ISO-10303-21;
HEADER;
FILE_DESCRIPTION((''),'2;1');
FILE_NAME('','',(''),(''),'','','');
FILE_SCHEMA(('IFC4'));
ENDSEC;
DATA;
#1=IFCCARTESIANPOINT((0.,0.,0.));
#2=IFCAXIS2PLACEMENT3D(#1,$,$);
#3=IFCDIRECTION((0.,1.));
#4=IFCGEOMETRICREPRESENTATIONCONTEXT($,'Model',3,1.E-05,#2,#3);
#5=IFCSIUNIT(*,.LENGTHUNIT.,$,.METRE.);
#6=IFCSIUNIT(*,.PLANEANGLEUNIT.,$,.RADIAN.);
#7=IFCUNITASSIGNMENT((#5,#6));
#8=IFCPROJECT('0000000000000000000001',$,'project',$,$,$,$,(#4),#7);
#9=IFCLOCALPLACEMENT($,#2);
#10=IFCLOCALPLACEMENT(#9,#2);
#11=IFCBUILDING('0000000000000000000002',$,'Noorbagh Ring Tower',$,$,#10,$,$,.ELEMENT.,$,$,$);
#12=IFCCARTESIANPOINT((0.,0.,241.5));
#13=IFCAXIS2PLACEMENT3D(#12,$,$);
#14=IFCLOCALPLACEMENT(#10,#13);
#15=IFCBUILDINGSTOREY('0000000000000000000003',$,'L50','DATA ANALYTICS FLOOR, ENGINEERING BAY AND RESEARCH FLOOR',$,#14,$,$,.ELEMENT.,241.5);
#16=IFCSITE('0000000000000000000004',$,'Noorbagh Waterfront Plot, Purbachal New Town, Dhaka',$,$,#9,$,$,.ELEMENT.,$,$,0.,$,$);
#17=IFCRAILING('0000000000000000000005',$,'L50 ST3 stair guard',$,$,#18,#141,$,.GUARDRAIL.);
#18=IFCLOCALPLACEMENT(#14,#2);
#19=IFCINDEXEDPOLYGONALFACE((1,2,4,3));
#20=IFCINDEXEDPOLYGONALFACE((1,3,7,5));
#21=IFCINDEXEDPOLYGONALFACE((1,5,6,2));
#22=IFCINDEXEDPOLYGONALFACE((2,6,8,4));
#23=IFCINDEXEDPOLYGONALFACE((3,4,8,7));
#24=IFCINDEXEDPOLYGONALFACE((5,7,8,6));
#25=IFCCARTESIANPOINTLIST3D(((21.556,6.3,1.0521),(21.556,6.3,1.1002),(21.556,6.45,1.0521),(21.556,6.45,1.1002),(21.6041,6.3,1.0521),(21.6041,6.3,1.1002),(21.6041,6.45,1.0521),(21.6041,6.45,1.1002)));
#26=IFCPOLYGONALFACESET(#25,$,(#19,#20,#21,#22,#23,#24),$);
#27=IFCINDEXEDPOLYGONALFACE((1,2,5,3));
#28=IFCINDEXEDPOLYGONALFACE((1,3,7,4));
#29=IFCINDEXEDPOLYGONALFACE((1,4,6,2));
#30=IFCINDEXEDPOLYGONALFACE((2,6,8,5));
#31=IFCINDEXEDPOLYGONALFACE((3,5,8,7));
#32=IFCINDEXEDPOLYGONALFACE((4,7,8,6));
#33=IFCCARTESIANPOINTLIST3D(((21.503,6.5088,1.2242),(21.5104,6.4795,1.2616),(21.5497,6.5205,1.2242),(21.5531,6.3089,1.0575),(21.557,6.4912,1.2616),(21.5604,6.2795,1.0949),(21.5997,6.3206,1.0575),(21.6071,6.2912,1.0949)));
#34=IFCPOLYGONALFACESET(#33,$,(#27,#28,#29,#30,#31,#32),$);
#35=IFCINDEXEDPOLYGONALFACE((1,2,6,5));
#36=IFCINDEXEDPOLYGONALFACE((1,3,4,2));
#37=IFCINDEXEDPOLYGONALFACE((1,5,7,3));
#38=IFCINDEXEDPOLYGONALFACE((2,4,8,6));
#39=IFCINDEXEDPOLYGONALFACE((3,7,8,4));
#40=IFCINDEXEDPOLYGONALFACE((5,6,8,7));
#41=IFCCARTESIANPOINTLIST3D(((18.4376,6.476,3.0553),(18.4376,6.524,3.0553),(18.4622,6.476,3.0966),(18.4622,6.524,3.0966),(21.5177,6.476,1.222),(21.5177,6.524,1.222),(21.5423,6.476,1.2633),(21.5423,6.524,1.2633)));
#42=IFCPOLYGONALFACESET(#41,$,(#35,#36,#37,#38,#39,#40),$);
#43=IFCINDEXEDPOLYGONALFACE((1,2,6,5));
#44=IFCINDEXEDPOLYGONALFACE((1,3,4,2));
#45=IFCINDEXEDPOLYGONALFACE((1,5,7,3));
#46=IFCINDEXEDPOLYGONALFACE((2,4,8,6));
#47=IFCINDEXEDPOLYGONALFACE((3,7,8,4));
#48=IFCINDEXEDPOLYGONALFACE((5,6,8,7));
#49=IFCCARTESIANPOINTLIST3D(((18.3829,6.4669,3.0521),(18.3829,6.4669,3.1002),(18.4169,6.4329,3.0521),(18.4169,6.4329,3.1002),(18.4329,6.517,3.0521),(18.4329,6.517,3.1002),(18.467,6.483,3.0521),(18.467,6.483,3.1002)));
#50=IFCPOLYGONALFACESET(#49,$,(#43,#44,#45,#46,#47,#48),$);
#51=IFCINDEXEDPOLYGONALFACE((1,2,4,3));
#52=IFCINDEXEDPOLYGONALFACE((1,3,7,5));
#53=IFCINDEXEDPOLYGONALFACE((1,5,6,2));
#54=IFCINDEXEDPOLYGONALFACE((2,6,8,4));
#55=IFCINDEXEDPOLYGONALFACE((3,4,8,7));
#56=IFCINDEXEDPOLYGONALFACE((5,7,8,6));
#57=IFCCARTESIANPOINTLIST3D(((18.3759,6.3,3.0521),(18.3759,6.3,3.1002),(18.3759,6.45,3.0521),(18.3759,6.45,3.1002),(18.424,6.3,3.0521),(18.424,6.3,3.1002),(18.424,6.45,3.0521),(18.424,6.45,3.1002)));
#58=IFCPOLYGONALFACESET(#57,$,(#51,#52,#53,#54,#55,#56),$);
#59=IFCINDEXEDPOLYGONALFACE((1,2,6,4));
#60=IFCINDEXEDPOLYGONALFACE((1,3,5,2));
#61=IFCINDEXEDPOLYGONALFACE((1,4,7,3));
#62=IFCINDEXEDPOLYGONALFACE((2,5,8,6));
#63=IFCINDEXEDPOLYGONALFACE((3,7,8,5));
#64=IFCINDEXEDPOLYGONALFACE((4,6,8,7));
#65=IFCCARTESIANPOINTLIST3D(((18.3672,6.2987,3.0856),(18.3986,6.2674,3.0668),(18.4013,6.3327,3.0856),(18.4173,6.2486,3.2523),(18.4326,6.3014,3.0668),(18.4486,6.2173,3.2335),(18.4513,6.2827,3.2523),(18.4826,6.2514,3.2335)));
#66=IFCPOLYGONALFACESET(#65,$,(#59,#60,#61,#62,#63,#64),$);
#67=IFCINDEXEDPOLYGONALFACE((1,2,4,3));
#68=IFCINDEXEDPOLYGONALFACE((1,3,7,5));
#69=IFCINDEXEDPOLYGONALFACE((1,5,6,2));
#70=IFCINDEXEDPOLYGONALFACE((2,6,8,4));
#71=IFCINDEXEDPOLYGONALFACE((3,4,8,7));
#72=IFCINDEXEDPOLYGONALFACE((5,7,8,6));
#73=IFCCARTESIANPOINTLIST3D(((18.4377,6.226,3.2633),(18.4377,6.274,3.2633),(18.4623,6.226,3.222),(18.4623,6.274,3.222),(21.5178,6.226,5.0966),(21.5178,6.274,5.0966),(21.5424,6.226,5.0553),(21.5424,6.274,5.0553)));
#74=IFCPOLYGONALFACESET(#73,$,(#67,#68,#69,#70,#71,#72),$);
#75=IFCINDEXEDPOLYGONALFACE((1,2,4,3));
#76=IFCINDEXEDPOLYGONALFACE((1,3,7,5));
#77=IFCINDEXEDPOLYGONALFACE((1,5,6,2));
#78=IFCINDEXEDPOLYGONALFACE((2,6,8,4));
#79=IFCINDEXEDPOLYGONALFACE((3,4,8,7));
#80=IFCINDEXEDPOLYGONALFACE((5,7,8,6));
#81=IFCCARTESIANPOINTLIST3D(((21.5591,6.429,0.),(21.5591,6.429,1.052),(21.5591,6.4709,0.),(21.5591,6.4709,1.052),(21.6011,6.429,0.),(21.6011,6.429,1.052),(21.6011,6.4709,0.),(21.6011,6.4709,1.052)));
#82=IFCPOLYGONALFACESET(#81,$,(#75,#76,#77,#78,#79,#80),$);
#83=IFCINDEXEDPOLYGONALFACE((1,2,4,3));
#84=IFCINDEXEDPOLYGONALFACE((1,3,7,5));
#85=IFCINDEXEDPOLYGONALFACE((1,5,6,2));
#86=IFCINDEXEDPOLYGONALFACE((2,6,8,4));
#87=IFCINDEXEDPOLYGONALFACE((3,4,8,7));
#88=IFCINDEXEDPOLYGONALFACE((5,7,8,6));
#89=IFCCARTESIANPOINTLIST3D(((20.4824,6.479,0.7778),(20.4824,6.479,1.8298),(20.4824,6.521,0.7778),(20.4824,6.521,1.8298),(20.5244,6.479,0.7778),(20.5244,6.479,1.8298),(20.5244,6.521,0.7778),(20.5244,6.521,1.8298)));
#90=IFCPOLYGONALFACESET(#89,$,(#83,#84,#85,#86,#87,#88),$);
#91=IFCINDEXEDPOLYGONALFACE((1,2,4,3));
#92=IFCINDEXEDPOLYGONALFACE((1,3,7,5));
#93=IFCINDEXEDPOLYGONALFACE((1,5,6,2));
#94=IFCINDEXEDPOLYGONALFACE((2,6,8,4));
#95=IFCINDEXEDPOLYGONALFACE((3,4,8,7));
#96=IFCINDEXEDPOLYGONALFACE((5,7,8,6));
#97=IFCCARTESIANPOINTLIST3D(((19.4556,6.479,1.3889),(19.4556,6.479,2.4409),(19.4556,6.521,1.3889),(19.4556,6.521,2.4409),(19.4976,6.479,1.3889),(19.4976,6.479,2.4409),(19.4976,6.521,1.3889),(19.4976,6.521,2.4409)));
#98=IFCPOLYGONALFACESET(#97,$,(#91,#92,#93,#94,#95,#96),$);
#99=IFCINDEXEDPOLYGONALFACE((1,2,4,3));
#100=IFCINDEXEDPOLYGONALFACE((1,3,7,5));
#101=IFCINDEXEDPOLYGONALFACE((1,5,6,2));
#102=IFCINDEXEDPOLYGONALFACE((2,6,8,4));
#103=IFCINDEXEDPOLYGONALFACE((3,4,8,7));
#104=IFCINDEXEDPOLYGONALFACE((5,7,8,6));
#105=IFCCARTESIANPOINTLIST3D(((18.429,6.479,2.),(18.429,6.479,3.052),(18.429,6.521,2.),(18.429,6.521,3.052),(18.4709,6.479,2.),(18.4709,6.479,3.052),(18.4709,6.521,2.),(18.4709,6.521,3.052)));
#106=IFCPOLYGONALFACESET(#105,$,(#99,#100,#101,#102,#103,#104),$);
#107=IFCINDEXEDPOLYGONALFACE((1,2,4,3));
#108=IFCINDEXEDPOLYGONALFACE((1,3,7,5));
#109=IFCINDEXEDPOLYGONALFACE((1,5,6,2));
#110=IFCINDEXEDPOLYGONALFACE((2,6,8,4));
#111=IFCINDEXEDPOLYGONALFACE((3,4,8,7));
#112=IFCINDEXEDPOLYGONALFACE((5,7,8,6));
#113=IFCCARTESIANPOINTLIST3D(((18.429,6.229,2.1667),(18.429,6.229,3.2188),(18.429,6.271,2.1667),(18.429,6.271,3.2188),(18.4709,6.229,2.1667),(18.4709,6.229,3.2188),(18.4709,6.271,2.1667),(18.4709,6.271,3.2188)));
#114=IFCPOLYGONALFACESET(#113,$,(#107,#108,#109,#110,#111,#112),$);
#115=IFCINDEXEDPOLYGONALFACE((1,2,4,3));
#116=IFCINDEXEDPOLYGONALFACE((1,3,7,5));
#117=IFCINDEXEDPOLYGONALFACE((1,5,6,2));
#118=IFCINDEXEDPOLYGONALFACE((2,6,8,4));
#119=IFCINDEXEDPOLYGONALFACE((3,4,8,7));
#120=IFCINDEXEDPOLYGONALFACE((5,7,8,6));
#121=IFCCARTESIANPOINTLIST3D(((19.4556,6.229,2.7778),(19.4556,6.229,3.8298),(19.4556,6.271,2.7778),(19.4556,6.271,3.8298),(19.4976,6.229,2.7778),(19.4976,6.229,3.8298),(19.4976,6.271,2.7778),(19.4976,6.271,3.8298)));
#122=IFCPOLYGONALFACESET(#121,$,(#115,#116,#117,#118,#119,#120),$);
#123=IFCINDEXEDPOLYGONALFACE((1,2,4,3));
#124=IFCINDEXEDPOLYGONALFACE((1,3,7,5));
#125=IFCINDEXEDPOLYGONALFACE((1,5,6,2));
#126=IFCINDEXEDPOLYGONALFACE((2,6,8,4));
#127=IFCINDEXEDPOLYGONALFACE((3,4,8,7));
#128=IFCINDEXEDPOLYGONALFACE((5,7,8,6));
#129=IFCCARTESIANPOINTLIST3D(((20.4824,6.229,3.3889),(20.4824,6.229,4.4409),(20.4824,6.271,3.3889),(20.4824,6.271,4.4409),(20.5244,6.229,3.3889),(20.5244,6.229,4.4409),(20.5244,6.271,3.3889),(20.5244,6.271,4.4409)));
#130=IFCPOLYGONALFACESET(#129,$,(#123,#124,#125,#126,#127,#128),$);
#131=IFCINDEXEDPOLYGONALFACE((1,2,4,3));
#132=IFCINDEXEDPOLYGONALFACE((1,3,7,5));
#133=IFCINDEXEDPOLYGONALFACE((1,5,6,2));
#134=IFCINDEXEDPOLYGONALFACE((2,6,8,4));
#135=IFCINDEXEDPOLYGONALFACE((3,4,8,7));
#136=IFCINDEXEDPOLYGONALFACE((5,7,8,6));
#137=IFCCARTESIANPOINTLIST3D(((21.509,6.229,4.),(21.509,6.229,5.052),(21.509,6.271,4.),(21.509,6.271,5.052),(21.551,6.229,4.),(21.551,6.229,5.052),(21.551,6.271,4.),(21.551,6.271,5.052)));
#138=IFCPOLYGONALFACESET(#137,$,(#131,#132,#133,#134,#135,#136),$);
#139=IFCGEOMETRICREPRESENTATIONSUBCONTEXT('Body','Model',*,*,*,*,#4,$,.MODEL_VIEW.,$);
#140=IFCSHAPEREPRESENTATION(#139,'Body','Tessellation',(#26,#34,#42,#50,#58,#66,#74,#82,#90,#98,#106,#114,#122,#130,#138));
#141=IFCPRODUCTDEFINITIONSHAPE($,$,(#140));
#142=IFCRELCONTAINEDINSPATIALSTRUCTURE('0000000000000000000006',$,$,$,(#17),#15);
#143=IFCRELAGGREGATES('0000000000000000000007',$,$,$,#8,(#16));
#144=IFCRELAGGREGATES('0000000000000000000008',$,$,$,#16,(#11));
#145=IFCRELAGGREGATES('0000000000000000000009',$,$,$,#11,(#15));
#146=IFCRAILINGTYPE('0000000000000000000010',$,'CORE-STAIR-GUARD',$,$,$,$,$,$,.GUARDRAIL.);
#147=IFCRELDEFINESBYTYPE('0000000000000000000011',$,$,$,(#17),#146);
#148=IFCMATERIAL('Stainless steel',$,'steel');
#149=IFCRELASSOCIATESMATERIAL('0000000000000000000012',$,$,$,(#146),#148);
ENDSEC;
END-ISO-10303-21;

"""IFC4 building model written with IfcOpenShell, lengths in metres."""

from ifc_helpers import new_model, si_unit, direction, frame, origin, origin_2d, place, context, subcontext, project, spatial, rectangle, extrude, material, type_object, element, save


model = new_model("IFC4")

# Units and contexts
model_context = context("Model", 3, precision=1e-05, world=origin(), true_north=direction((0.0, 1.0)))
body_context = subcontext(model_context, "Body", "Model", "MODEL_VIEW")
ifc_project = project(units=[si_unit("LENGTHUNIT", "METRE"), si_unit("PLANEANGLEUNIT", "RADIAN")], contexts=[model_context])

# Site, building, storey
site_placement = place(None, origin())
site = spatial("IfcSite", under=ifc_project, at=site_placement, Name="Noorbagh Waterfront Plot, Purbachal New Town, Dhaka", CompositionType="ELEMENT", RefElevation=0.0)
building_placement = place(site_placement, origin())
building = spatial("IfcBuilding", under=site, at=building_placement, Name="Noorbagh Ring Tower", CompositionType="ELEMENT")
storey_placement = place(building_placement, frame((0.0, 0.0, 241.5)))
storey = spatial("IfcBuildingStorey", under=building, at=storey_placement, Name="L50", Description="DATA ANALYTICS FLOOR, ENGINEERING BAY AND RESEARCH FLOOR", CompositionType="ELEMENT", Elevation=241.5)

# Railing
ifc_material_1 = material(Name="Stainless steel", Category="steel")
railing_type_1 = type_object("IfcRailingType", Name="CORE-STAIR-GUARD", PredefinedType="GUARDRAIL", material=ifc_material_1)
railing_1_placement = place(storey_placement, frame((21.5801, 6.45, 0.0)))
element("IfcRailing", 1, at=railing_1_placement, inside=storey, type_object=railing_type_1, Name="L50 ST3 stair guard", PredefinedType="GUARDRAIL", context=body_context, shape_type="SweptSolid", body=[
    extrude(rectangle(XDim=0.0481, YDim=0.0481, at=origin_2d()), frame((0.0, 0.0, 1.0762), z_axis=(0.0, -1.0, 0.0), x_axis=(1.0, 0.0, 0.0)), (0.0, 0.0, 1.0), 0.1499),
    extrude(rectangle(XDim=0.0481, YDim=0.0481, at=origin_2d()), frame((0.0, -0.1499, 1.0762), z_axis=(-0.188776, 0.754182, 0.628946), x_axis=(-0.970073, -0.242814, 0.0)), (0.0, 0.0, 1.0), 0.2651),
    extrude(rectangle(XDim=0.0481, YDim=0.0481, at=origin_2d()), frame((-0.05, 0.05, 1.2427), z_axis=(-0.859309, 0.0, 0.511458), x_axis=(0.0, -1.0, 0.0)), (0.0, 0.0, 1.0), 3.5845),
    extrude(rectangle(XDim=0.0481, YDim=0.0481, at=origin_2d()), frame((-3.1301, 0.05, 3.0762), z_axis=(-0.707107, -0.707107, 0.0), x_axis=(0.707107, -0.707107, 0.0)), (0.0, 0.0, 1.0), 0.0708),
    extrude(rectangle(XDim=0.0481, YDim=0.0481, at=origin_2d()), frame((-3.1802, 0.0, 3.0762), z_axis=(0.0, -1.0, 0.0), x_axis=(1.0, 0.0, 0.0)), (0.0, 0.0, 1.0), 0.1499),
    extrude(rectangle(XDim=0.0481, YDim=0.0481, at=origin_2d()), frame((-3.1802, -0.1499, 3.0762), z_axis=(0.276287, -0.276287, 0.920506), x_axis=(0.707107, 0.707107, 0.0)), (0.0, 0.0, 1.0), 0.1812),
    extrude(rectangle(XDim=0.0481, YDim=0.0481, at=origin_2d()), frame((-3.1301, -0.2, 3.2427), z_axis=(0.859309, 0.0, 0.511458), x_axis=(0.0, 1.0, 0.0)), (0.0, 0.0, 1.0), 3.5845),
    extrude(rectangle(XDim=0.042, YDim=0.042, at=origin_2d()), origin(), (0.0, 0.0, 1.0), 1.052),
    extrude(rectangle(XDim=0.042, YDim=0.042, at=origin_2d()), frame((-1.0767, 0.05, 0.7778)), (0.0, 0.0, 1.0), 1.052),
    extrude(rectangle(XDim=0.042, YDim=0.042, at=origin_2d()), frame((-2.1035, 0.05, 1.3889)), (0.0, 0.0, 1.0), 1.052),
    extrude(rectangle(XDim=0.042, YDim=0.042, at=origin_2d()), frame((-3.1301, 0.05, 2.0)), (0.0, 0.0, 1.0), 1.052),
    extrude(rectangle(XDim=0.042, YDim=0.042, at=origin_2d()), frame((-3.1301, -0.2, 2.1667)), (0.0, 0.0, 1.0), 1.052),
    extrude(rectangle(XDim=0.042, YDim=0.042, at=origin_2d()), frame((-2.1035, -0.2, 2.7778)), (0.0, 0.0, 1.0), 1.052),
    extrude(rectangle(XDim=0.042, YDim=0.042, at=origin_2d()), frame((-1.0767, -0.2, 3.3889)), (0.0, 0.0, 1.0), 1.052),
    extrude(rectangle(XDim=0.042, YDim=0.042, at=origin_2d()), frame((-0.05, -0.2, 4.0)), (0.0, 0.0, 1.0), 1.052),
])

save(model, "model.ifc")
